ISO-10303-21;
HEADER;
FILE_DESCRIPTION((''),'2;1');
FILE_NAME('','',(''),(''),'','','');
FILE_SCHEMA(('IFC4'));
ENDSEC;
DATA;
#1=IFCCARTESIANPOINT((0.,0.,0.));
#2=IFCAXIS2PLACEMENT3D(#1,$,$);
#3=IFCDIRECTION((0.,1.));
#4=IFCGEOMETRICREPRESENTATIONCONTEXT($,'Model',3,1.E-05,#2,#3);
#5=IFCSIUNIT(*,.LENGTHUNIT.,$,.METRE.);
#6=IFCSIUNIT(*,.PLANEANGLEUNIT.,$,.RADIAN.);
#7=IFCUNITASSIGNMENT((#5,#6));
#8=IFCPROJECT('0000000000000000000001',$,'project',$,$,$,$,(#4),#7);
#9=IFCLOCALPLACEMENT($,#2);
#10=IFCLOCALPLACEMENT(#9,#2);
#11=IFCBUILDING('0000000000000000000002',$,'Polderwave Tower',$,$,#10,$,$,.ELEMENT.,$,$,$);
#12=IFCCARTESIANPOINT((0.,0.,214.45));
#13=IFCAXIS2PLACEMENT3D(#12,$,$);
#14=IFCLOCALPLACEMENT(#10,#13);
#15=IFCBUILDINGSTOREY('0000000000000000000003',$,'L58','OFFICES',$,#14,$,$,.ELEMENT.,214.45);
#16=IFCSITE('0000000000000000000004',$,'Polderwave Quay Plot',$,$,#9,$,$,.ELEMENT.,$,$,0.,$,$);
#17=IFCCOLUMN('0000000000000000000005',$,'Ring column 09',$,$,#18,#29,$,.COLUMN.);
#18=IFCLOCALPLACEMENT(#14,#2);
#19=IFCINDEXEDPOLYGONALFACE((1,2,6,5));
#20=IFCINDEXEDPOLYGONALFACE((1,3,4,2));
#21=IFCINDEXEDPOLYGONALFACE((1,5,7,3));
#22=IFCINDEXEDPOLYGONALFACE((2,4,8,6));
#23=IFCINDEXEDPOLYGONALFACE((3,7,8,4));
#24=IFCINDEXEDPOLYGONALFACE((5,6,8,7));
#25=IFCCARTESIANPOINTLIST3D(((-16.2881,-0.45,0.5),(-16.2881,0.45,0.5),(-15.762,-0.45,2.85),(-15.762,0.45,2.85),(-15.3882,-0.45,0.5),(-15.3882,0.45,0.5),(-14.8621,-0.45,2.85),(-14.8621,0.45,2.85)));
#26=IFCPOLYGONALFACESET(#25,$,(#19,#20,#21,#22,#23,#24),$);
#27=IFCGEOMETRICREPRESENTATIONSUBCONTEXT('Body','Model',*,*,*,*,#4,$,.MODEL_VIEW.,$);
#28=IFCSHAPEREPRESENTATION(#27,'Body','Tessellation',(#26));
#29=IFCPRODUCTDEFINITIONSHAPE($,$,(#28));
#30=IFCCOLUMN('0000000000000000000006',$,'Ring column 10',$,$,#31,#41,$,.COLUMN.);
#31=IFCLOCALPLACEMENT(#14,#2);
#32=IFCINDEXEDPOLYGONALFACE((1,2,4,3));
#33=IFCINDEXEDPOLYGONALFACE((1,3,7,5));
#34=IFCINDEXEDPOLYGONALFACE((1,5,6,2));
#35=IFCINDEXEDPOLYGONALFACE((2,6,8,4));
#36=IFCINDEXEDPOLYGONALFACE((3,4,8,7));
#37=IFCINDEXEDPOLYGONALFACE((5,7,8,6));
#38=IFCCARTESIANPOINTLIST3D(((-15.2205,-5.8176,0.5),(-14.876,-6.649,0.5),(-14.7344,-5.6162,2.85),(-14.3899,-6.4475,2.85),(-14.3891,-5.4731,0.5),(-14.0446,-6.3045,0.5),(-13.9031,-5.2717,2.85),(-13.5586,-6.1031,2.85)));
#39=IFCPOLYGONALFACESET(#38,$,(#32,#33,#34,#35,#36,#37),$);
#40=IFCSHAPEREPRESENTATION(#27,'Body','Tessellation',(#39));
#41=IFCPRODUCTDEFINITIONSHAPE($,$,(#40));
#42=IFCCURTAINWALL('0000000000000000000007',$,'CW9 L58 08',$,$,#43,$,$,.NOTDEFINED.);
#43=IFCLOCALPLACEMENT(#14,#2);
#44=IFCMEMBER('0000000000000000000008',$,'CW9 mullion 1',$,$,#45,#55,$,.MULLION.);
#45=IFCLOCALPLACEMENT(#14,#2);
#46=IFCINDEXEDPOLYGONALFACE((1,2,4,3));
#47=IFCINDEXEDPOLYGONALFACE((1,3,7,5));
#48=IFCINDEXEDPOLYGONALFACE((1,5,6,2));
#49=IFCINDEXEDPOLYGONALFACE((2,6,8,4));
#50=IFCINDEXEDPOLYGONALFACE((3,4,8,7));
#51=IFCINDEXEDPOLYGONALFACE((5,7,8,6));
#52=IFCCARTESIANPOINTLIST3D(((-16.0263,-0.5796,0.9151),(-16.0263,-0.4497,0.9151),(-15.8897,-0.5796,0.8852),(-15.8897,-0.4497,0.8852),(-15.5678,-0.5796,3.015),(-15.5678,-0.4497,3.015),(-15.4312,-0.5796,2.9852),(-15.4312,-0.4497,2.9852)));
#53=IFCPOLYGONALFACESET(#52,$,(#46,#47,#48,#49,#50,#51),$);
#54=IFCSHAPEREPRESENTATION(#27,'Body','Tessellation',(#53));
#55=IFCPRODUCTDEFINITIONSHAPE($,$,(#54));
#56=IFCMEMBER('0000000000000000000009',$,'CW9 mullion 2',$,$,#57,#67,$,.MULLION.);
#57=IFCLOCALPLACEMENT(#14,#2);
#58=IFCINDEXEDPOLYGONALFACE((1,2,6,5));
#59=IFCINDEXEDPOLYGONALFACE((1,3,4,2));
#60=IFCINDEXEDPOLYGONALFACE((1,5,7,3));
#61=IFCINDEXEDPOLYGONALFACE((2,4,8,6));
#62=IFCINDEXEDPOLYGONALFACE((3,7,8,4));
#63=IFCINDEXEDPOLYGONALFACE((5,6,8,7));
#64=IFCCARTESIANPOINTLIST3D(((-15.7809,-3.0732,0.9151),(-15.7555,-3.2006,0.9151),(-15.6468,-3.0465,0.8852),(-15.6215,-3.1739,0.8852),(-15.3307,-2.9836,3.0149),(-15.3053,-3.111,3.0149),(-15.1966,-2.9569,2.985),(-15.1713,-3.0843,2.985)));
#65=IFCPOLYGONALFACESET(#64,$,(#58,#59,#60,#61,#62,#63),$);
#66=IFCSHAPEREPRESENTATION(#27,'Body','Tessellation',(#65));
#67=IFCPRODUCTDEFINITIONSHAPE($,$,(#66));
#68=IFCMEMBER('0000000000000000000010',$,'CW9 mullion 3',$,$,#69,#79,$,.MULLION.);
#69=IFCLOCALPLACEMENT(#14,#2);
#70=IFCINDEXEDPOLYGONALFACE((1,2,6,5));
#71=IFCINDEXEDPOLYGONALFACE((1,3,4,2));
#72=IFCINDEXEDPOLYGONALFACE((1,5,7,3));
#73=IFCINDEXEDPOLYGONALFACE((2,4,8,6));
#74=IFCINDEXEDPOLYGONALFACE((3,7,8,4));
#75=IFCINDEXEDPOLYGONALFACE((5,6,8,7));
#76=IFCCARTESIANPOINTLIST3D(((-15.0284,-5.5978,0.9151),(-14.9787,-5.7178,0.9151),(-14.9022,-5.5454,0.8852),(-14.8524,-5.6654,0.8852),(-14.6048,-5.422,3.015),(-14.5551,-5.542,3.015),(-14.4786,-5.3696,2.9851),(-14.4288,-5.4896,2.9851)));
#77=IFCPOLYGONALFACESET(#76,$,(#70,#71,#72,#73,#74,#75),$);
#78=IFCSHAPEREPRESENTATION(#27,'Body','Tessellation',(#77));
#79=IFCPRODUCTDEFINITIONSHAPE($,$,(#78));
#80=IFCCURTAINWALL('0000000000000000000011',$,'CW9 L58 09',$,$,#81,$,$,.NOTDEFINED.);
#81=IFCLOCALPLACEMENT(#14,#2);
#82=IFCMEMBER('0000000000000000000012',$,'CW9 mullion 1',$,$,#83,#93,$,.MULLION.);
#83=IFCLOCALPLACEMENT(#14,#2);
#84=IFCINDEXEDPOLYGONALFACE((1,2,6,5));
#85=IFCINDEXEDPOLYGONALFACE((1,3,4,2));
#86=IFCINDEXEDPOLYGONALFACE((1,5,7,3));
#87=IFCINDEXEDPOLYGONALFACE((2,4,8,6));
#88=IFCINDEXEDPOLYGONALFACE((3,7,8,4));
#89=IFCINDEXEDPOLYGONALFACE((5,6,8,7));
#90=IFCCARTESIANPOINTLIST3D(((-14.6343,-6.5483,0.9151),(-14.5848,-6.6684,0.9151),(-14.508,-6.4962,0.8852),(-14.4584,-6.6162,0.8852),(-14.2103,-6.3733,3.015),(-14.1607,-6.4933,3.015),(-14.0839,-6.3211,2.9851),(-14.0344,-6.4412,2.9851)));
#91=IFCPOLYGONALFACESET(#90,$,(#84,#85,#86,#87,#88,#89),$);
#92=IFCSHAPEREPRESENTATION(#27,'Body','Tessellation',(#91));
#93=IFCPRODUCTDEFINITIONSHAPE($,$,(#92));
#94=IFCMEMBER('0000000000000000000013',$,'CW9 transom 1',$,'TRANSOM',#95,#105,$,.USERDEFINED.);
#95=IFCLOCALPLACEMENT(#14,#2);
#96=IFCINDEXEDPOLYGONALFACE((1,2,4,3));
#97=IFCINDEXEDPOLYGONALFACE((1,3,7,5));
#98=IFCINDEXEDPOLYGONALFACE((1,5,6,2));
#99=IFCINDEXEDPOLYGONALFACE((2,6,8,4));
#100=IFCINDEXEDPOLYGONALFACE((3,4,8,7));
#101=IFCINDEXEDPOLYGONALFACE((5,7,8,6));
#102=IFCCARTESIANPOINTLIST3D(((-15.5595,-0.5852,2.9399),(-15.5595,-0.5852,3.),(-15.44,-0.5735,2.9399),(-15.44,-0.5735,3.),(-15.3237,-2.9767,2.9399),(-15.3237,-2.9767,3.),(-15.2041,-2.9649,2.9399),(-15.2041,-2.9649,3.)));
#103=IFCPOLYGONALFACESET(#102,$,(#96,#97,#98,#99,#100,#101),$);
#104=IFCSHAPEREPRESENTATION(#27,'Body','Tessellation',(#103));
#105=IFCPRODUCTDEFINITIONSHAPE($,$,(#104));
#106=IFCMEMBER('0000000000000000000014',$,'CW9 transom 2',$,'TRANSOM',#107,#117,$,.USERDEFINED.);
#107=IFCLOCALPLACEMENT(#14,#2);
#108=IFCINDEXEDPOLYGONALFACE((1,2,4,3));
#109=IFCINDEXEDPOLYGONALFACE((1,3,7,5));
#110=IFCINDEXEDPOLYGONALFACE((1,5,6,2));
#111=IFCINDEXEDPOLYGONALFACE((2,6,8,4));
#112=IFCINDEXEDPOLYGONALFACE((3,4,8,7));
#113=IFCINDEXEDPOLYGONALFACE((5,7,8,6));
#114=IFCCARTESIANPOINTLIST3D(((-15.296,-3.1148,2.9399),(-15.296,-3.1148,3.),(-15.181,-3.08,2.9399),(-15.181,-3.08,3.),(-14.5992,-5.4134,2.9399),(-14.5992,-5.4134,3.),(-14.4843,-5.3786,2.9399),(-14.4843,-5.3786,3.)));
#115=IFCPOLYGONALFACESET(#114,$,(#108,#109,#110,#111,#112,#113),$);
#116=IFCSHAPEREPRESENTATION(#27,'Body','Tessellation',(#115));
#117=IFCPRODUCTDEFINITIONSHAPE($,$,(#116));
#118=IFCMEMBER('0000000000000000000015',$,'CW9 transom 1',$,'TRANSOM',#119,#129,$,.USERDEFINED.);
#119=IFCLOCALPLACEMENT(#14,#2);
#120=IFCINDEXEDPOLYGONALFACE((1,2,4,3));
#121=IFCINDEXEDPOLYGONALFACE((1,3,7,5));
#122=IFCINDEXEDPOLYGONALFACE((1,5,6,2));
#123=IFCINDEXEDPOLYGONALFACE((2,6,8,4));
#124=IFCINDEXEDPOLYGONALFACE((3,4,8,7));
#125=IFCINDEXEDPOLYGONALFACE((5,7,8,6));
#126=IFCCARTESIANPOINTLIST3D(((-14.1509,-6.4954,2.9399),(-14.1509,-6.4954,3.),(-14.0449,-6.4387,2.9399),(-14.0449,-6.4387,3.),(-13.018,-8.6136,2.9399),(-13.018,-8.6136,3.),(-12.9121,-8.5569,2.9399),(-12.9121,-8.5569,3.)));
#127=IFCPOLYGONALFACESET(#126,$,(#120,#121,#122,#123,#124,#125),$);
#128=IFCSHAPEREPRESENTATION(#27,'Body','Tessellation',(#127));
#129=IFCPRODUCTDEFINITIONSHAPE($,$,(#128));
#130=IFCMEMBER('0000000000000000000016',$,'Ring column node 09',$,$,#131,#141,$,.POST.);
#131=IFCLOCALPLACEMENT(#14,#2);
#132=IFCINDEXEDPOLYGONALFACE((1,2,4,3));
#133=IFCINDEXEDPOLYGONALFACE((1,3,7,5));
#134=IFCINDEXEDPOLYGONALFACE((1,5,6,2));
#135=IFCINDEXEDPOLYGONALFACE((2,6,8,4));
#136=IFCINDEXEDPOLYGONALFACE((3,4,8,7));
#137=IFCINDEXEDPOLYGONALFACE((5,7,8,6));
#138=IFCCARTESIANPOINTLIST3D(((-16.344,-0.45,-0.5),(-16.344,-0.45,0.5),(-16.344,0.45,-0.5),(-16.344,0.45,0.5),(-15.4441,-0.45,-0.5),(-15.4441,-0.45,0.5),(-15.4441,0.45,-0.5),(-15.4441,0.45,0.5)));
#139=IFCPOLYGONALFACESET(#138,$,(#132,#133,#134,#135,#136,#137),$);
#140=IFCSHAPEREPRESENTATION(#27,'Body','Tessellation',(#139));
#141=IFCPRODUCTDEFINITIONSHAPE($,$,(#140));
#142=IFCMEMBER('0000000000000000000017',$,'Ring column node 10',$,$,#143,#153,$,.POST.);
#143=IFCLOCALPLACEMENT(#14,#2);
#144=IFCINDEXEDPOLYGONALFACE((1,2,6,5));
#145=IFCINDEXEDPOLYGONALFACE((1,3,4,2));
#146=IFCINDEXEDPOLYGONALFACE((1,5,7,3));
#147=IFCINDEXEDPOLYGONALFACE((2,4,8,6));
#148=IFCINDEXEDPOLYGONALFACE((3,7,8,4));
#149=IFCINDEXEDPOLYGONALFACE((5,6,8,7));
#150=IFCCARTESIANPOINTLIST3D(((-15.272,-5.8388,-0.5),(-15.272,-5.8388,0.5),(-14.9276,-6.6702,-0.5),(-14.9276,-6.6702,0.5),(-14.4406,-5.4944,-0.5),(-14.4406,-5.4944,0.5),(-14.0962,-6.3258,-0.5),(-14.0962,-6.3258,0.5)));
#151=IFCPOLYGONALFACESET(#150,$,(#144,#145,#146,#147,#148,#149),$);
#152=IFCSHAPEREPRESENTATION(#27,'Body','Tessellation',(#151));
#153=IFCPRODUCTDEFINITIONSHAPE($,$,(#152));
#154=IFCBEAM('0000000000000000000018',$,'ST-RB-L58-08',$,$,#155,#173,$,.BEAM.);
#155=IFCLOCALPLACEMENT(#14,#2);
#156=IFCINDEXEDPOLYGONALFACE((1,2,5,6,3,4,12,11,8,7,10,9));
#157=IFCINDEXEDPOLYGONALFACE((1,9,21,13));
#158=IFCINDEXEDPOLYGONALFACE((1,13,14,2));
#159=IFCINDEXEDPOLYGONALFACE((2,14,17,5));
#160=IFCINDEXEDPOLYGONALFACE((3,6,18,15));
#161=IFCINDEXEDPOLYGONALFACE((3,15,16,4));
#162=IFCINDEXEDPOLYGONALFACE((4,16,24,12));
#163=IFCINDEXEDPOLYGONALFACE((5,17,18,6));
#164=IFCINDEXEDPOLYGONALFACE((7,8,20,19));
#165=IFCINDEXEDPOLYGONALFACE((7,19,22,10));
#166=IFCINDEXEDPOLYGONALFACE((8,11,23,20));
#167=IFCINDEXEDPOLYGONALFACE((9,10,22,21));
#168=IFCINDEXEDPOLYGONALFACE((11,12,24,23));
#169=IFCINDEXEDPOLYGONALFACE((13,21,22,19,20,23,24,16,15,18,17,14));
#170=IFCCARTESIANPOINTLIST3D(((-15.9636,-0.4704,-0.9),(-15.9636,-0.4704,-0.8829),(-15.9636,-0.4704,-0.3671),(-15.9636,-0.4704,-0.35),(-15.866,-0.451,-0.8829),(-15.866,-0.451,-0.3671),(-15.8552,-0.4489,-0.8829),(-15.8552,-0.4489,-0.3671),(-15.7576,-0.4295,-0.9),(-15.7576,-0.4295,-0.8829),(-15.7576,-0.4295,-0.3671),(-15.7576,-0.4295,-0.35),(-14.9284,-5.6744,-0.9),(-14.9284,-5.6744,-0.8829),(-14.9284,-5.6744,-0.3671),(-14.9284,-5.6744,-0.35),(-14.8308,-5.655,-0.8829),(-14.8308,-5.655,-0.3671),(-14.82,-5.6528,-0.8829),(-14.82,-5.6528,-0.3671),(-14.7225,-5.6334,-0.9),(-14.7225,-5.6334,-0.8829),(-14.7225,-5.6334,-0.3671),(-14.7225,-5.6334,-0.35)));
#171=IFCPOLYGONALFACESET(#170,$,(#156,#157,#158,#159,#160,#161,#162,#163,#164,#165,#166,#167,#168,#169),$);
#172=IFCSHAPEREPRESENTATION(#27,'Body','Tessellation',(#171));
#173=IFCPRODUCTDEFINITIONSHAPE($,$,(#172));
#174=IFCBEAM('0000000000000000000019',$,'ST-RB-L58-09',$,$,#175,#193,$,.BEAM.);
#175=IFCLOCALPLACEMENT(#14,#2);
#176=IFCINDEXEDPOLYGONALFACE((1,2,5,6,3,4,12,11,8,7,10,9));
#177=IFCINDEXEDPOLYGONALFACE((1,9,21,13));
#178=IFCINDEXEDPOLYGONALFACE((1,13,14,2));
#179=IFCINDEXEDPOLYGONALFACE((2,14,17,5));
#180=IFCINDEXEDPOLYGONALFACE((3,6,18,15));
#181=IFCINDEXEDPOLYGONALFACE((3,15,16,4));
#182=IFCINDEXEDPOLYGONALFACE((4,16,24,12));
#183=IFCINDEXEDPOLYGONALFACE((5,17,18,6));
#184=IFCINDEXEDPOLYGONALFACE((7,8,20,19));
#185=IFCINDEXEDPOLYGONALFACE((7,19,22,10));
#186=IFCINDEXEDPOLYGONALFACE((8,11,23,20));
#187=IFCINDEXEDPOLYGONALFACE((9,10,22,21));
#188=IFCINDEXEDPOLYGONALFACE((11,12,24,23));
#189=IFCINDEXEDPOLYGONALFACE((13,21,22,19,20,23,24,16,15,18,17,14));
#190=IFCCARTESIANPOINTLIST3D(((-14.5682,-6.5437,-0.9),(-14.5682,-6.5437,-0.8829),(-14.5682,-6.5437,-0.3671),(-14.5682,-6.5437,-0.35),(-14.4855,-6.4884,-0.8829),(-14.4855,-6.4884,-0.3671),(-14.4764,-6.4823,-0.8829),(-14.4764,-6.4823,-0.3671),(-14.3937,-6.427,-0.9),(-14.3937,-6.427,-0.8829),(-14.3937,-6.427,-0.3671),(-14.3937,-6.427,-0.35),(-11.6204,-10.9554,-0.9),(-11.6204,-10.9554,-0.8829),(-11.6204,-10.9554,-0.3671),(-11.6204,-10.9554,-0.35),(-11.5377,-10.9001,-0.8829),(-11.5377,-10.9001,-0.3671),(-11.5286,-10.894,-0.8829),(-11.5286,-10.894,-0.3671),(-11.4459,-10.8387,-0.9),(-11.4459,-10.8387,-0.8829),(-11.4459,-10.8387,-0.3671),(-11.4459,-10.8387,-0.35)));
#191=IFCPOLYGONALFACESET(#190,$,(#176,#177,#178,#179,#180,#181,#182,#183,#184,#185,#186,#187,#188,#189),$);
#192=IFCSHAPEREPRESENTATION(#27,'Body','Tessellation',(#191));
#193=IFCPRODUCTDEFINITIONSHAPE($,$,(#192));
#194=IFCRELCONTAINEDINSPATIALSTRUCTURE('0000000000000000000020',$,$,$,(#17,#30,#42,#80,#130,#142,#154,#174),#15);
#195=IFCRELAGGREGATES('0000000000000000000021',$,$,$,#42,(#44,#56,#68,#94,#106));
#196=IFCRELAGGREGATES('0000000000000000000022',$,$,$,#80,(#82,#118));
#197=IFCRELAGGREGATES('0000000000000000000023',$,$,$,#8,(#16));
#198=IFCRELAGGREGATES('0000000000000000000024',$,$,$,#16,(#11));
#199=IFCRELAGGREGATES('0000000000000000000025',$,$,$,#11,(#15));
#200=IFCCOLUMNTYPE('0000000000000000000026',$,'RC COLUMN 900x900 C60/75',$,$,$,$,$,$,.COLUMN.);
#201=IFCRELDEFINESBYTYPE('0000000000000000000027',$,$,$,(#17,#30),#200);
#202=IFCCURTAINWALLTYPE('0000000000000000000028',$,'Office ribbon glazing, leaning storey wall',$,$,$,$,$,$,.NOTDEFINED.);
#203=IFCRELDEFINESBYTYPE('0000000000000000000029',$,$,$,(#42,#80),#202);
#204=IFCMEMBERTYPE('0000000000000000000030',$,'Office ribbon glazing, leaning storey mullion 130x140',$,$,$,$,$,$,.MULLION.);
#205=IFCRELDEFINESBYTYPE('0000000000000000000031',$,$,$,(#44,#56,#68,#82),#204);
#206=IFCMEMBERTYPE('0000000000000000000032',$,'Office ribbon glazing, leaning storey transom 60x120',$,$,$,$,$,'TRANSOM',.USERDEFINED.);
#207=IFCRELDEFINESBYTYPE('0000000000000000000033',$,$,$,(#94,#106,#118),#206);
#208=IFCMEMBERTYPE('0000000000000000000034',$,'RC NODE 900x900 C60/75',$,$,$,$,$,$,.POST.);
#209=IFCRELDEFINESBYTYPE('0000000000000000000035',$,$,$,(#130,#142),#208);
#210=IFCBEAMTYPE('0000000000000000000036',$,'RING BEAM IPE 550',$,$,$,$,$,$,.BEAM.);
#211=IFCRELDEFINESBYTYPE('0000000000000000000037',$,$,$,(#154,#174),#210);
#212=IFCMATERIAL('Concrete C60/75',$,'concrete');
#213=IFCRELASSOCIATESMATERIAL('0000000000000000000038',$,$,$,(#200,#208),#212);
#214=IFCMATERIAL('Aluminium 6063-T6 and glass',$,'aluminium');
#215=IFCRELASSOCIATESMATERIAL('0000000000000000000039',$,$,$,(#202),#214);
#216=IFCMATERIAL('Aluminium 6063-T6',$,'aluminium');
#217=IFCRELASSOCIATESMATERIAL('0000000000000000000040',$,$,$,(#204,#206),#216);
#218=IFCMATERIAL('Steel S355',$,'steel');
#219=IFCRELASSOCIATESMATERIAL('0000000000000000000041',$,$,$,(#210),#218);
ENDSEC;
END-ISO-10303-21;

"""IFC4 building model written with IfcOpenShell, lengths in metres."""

from ifc_helpers import new_model, si_unit, direction, frame, origin, origin_2d, place, context, subcontext, project, spatial, rectangle, i_section, extrude, material, material_profile, profile_set, type_object, element, aggregate, save


model = new_model("IFC4")

# Units and contexts
model_context = context("Model", 3, precision=1e-05, world=origin(), true_north=direction((0.0, 1.0)))
body_context = subcontext(model_context, "Body", "Model", "MODEL_VIEW")
ifc_project = project(units=[si_unit("LENGTHUNIT", "METRE"), si_unit("PLANEANGLEUNIT", "RADIAN")], contexts=[model_context])

# Site, building, storey
site_placement = place(None, origin())
site = spatial("IfcSite", under=ifc_project, at=site_placement, Name="Polderwave Quay Plot", CompositionType="ELEMENT", RefElevation=0.0)
building_placement = place(site_placement, origin())
building = spatial("IfcBuilding", under=site, at=building_placement, Name="Polderwave Tower", CompositionType="ELEMENT")
storey_placement = place(building_placement, frame((0.0, 0.0, 214.45)))
storey = spatial("IfcBuildingStorey", under=building, at=storey_placement, Name="L58", Description="OFFICES", CompositionType="ELEMENT", Elevation=214.45)

# Columns
ifc_material_1 = material(Name="Concrete C60/75", Category="concrete")
ifc_material_profile_1 = material_profile(ifc_material_1, rectangle(XDim=0.8999, YDim=0.8999, at=origin_2d()), Name="RC 900x900")
ifc_profile_set_1 = profile_set([ifc_material_profile_1], Name="Concrete C60/75")
column_type = type_object("IfcColumnType", Name="RC COLUMN 900x900 C60/75", PredefinedType="COLUMN", material=ifc_profile_set_1)
column_1_placement = place(storey_placement, frame((-15.8381, 0.0, 0.5), z_axis=(0.0, 0.0, 1.0), x_axis=(0.0, 1.0, 0.0)))
element("IfcColumn", 1, at=column_1_placement, inside=storey, type_object=column_type, Name="Ring column 09", PredefinedType="COLUMN", context=body_context, shape_type="SweptSolid", body=[
    extrude(rectangle(XDim=0.8999, YDim=0.8999, at=origin_2d()), origin(), (0.0, -0.218465, 0.975845), 2.4082),
])
column_2_placement = place(storey_placement, frame((-14.6326, -6.061, 0.5), z_axis=(0.0, 0.0, 1.0), x_axis=(-0.382803, 0.92383, 0.0)))
element("IfcColumn", 2, at=column_2_placement, inside=storey, type_object=column_type, Name="Ring column 10", PredefinedType="COLUMN", context=body_context, shape_type="SweptSolid", body=[
    extrude(rectangle(XDim=0.8999, YDim=0.8999, at=origin_2d()), origin(), (0.0, -0.21848, 0.975841), 2.4082),
])

# Curtain wall, members
ifc_material_2 = material(Name="Aluminium 6063-T6 and glass", Category="aluminium")
curtain_wall_type = type_object("IfcCurtainWallType", Name="Office ribbon glazing, leaning storey wall", PredefinedType="NOTDEFINED", material=ifc_material_2)
curtain_wall_1_placement = place(storey_placement, origin())
curtain_wall_1 = element("IfcCurtainWall", 3, at=curtain_wall_1_placement, inside=storey, type_object=curtain_wall_type, Name="CW9 L58 08", PredefinedType="NOTDEFINED")
ifc_material_3 = material(Name="Aluminium 6063-T6", Category="aluminium")
ifc_material_profile_2 = material_profile(ifc_material_3, rectangle(XDim=0.1299, YDim=0.1399, at=origin_2d()), Name="AL 130x140")
ifc_profile_set_2 = profile_set([ifc_material_profile_2], Name="Aluminium 6063-T6")
member_type_1 = type_object("IfcMemberType", Name="Office ribbon glazing, leaning storey mullion 130x140", PredefinedType="MULLION", material=ifc_profile_set_2)
member_1_placement = place(storey_placement, frame((-15.958, -0.5146, 0.9001), z_axis=(0.213321, 0.0, 0.976982), x_axis=(0.0, 1.0, 0.0)))
member_1 = element("IfcMember", 4, at=member_1_placement, type_object=member_type_1, Name="CW9 mullion 1", PredefinedType="MULLION", context=body_context, shape_type="SweptSolid", body=[
    extrude(rectangle(XDim=0.1299, YDim=0.1399, at=origin_2d()), origin(), (0.0, 0.0, 1.0), 2.1494),
])
member_2_placement = place(storey_placement, frame((-15.7012, -3.1235, 0.9001), z_axis=(0.209448, 0.041685, 0.976931), x_axis=(-0.195196, 0.980764, 0.0)))
member_2 = element("IfcMember", 5, at=member_2_placement, type_object=member_type_1, Name="CW9 mullion 2", PredefinedType="MULLION", context=body_context, shape_type="SweptSolid", body=[
    extrude(rectangle(XDim=0.1299, YDim=0.1399, at=origin_2d()), origin(), (0.0, 0.0, 1.0), 2.1494),
])
member_3_placement = place(storey_placement, frame((-14.9404, -5.6316, 0.9001), z_axis=(0.197075, 0.081783, 0.976971), x_axis=(-0.383292, 0.923627, 0.0)))
member_3 = element("IfcMember", 6, at=member_3_placement, type_object=member_type_1, Name="CW9 mullion 3", PredefinedType="MULLION", context=body_context, shape_type="SweptSolid", body=[
    extrude(rectangle(XDim=0.1299, YDim=0.1399, at=origin_2d()), origin(), (0.0, 0.0, 1.0), 2.1494),
])

# Curtain wall, member
curtain_wall_2_placement = place(storey_placement, origin())
curtain_wall_2 = element("IfcCurtainWall", 7, at=curtain_wall_2_placement, inside=storey, type_object=curtain_wall_type, Name="CW9 L58 09", PredefinedType="NOTDEFINED")
member_4_placement = place(storey_placement, frame((-14.5464, -6.5823, 0.9001), z_axis=(0.197299, 0.081441, 0.976955), x_axis=(-0.381553, 0.924347, 0.0)))
member_4 = element("IfcMember", 8, at=member_4_placement, type_object=member_type_1, Name="CW9 mullion 1", PredefinedType="MULLION", context=body_context, shape_type="SweptSolid", body=[
    extrude(rectangle(XDim=0.1299, YDim=0.1399, at=origin_2d()), origin(), (0.0, 0.0, 1.0), 2.1494),
])

# Members
ifc_material_profile_3 = material_profile(ifc_material_3, rectangle(XDim=0.1201, YDim=0.0601, at=origin_2d()), Name="AL 60x120")
ifc_profile_set_3 = profile_set([ifc_material_profile_3], Name="Aluminium 6063-T6")
member_type_2 = type_object("IfcMemberType", Name="Office ribbon glazing, leaning storey transom 60x120", ElementType="TRANSOM", PredefinedType="USERDEFINED", material=ifc_profile_set_3)
member_5_placement = place(storey_placement, frame((-15.4998, -0.5793, 2.97), z_axis=(0.098146, -0.995172, 0.0), x_axis=(0.995172, 0.098146, 0.0)))
member_5 = element("IfcMember", 9, at=member_5_placement, type_object=member_type_2, Name="CW9 transom 1", ObjectType="TRANSOM", PredefinedType="USERDEFINED", context=body_context, shape_type="SweptSolid", body=[
    extrude(rectangle(XDim=0.1201, YDim=0.0601, at=origin_2d()), origin(), (0.0, 0.0, 1.0), 2.4031),
])
member_6_placement = place(storey_placement, frame((-15.2385, -3.0974, 2.97), z_axis=(0.290098, -0.956997, 0.0), x_axis=(0.956997, 0.290098, 0.0)))
member_6 = element("IfcMember", 10, at=member_6_placement, type_object=member_type_2, Name="CW9 transom 2", ObjectType="TRANSOM", PredefinedType="USERDEFINED", context=body_context, shape_type="SweptSolid", body=[
    extrude(rectangle(XDim=0.1201, YDim=0.0601, at=origin_2d()), origin(), (0.0, 0.0, 1.0), 2.4019),
])
member_7_placement = place(storey_placement, frame((-14.0979, -6.467, 2.97), z_axis=(0.471601, -0.881812, 0.0), x_axis=(0.881812, 0.471601, 0.0)))
member_7 = element("IfcMember", 11, at=member_7_placement, type_object=member_type_2, Name="CW9 transom 1", ObjectType="TRANSOM", PredefinedType="USERDEFINED", context=body_context, shape_type="SweptSolid", body=[
    extrude(rectangle(XDim=0.1201, YDim=0.0601, at=origin_2d()), origin(), (0.0, 0.0, 1.0), 2.4021),
])

# Members
ifc_material_profile_4 = material_profile(ifc_material_1, rectangle(XDim=0.8999, YDim=0.8999, at=origin_2d()), Name="RC 900x900")
ifc_profile_set_4 = profile_set([ifc_material_profile_4], Name="Concrete C60/75")
member_type_3 = type_object("IfcMemberType", Name="RC NODE 900x900 C60/75", PredefinedType="POST", material=ifc_profile_set_4)
for number, where, z_axis, x_axis, name in (
    (12, (-15.894, 0.0, -0.5), (0.0, 0.0, 1.0), (-1.0, 0.0, 0.0), "Ring column node 09"),
    (13, (-14.6841, -6.0823, -0.5), (0.0, 0.0, 1.0), (-0.92388, -0.382683, 0.0), "Ring column node 10"),
):
    element("IfcMember", number, at=place(storey_placement, frame(where, z_axis=z_axis, x_axis=x_axis)), inside=storey, type_object=member_type_3, Name=name, PredefinedType="POST", context=body_context, shape_type="SweptSolid", body=[
        extrude(rectangle(XDim=0.8999, YDim=0.8999, at=origin_2d()), origin(), (0.0, 0.0, 1.0), 1.0),
    ])

# Beams
ifc_material_4 = material(Name="Steel S355", Category="steel")
ifc_material_profile_5 = material_profile(ifc_material_4, i_section(OverallWidth=0.21, OverallDepth=0.55, WebThickness=0.011, FlangeThickness=0.0171, at=origin_2d()), Name="IPE 550")
ifc_profile_set_5 = profile_set([ifc_material_profile_5], Name="Steel S355")
beam_type = type_object("IfcBeamType", Name="RING BEAM IPE 550", PredefinedType="BEAM", material=ifc_profile_set_5)
for number, where, z_axis, x_axis, name in (
    (14, (-15.8606, -0.45, -0.625), (0.195098, -0.980784, 0.0), (0.980784, 0.195098, 0.0), "ST-RB-L58-08"),
    (15, (-14.481, -6.4854, -0.625), (0.555571, -0.831469, 0.0), (0.831469, 0.555571, 0.0), "ST-RB-L58-09"),
):
    element("IfcBeam", number, at=place(storey_placement, frame(where, z_axis=z_axis, x_axis=x_axis)), inside=storey, type_object=beam_type, Name=name, PredefinedType="BEAM", context=body_context, shape_type="SweptSolid", body=[
        extrude(i_section(OverallWidth=0.21, OverallDepth=0.55, WebThickness=0.011, FlangeThickness=0.0171, at=origin_2d()), origin(), (0.0, 0.0, 1.0), 5.3059),
    ])

aggregate(curtain_wall_1, [member_1, member_2, member_3, member_5, member_6])
aggregate(curtain_wall_2, [member_4, member_7])

save(model, "model.ifc")
